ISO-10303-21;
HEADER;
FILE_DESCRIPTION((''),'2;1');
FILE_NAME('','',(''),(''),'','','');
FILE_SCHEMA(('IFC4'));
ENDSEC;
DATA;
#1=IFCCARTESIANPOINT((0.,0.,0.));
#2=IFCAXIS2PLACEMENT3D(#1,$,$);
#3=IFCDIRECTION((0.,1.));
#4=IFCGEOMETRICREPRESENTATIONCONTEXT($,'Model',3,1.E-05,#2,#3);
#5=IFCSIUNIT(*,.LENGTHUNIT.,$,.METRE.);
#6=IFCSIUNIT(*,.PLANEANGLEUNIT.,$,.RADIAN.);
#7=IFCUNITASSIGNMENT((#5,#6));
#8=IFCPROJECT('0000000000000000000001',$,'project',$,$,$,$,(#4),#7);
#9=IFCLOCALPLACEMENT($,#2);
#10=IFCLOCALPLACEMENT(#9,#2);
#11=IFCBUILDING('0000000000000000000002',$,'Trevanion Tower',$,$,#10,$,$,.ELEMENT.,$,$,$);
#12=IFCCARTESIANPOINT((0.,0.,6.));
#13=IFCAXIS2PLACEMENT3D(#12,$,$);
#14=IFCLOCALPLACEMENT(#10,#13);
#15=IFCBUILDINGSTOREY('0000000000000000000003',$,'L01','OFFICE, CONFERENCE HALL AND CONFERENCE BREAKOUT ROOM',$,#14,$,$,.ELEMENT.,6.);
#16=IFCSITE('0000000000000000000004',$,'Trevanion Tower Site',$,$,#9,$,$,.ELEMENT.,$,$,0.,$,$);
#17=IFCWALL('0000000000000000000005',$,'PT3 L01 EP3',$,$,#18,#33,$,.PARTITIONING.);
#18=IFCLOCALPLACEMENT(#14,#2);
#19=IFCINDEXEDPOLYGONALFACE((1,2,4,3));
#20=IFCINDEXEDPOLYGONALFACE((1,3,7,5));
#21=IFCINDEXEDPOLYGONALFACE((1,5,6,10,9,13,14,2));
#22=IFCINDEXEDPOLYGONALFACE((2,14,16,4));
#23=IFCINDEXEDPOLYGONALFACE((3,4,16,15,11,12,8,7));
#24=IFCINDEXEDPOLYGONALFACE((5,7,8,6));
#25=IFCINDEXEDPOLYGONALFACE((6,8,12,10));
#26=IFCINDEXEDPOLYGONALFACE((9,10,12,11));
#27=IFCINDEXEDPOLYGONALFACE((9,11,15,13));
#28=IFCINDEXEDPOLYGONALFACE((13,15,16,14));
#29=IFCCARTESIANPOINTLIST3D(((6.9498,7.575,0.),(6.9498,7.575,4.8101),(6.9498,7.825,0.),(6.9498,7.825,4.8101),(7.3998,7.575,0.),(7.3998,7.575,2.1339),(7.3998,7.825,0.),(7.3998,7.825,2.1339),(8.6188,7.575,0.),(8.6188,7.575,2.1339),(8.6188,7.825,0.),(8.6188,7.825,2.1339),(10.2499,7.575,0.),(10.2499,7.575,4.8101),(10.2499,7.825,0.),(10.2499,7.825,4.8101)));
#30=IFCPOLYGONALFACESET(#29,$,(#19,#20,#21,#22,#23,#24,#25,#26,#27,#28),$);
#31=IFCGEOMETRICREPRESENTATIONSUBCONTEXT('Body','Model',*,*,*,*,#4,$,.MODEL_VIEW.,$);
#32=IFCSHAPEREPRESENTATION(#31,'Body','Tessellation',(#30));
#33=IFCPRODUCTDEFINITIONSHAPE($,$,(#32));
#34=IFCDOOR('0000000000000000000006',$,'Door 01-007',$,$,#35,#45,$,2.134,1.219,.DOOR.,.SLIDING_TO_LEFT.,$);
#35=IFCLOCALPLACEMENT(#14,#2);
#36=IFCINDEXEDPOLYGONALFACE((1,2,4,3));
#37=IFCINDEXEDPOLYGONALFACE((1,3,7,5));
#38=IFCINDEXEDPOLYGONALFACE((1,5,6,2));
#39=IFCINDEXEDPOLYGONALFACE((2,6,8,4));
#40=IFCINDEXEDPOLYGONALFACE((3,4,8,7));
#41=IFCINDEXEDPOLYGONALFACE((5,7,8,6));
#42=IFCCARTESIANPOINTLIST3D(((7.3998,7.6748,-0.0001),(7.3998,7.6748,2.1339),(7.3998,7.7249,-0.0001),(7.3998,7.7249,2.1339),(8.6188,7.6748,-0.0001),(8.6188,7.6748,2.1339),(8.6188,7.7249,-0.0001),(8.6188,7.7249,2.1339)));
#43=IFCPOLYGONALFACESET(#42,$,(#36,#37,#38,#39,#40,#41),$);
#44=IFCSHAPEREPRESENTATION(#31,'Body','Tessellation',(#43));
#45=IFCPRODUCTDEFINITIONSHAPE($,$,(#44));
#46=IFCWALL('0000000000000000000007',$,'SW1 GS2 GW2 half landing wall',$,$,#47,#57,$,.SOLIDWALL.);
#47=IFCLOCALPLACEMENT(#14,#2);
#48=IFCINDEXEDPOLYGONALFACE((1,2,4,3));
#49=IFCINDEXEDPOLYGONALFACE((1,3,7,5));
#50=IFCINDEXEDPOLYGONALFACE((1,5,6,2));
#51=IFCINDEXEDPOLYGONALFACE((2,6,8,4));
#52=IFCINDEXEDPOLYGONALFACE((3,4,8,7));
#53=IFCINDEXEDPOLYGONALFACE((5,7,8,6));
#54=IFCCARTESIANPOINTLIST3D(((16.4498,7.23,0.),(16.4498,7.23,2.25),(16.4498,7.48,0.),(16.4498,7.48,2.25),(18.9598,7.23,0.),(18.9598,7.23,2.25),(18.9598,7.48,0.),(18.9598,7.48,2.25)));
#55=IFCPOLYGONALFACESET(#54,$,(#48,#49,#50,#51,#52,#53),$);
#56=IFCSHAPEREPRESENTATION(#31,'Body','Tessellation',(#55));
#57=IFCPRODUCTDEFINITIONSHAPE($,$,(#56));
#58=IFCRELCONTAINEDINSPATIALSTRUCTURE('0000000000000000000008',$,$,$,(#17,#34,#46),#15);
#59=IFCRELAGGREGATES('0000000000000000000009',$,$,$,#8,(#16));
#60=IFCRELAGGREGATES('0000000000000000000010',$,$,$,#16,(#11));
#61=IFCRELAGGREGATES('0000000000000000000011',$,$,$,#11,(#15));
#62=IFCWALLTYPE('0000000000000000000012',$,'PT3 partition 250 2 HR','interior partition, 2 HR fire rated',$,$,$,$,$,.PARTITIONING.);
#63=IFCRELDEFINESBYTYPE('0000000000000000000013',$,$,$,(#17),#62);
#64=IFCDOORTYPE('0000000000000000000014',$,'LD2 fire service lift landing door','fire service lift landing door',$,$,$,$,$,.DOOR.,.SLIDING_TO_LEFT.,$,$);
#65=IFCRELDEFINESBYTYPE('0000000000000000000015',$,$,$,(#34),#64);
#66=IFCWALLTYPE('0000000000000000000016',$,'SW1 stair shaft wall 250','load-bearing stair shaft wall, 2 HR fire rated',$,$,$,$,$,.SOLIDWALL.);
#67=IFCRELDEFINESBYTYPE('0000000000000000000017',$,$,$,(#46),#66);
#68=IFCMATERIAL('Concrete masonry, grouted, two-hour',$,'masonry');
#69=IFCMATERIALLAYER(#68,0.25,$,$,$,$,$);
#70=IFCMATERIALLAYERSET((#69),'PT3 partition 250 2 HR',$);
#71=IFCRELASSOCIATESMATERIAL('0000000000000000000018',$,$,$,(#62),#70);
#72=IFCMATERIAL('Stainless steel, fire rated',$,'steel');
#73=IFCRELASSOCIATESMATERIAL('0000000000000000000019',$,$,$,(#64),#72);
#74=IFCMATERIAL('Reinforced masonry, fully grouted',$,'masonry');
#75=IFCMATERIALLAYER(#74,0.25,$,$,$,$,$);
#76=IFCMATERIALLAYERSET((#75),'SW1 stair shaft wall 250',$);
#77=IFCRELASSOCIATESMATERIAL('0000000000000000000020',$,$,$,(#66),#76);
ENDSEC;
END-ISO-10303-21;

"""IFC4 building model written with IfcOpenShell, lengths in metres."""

from ifc_helpers import new_model, si_unit, direction, frame, frame_2d, origin, place, context, subcontext, project, spatial, rectangle, extrude, material, layer, layer_set, type_object, element, fill, save


model = new_model("IFC4")

# Units and contexts
model_context = context("Model", 3, precision=1e-05, world=origin(), true_north=direction((0.0, 1.0)))
body_context = subcontext(model_context, "Body", "Model", "MODEL_VIEW")
ifc_project = project(units=[si_unit("LENGTHUNIT", "METRE"), si_unit("PLANEANGLEUNIT", "RADIAN")], contexts=[model_context])

# Site, building, storey
site_placement = place(None, origin())
site = spatial("IfcSite", under=ifc_project, at=site_placement, Name="Trevanion Tower Site", CompositionType="ELEMENT", RefElevation=0.0)
building_placement = place(site_placement, origin())
building = spatial("IfcBuilding", under=site, at=building_placement, Name="Trevanion Tower", CompositionType="ELEMENT")
storey_placement = place(building_placement, frame((0.0, 0.0, 6.0)))
storey = spatial("IfcBuildingStorey", under=building, at=storey_placement, Name="L01", Description="OFFICE, CONFERENCE HALL AND CONFERENCE BREAKOUT ROOM", CompositionType="ELEMENT", Elevation=6.0)

# Wall, opening, door
ifc_material_1 = material(Name="Concrete masonry, grouted, two-hour", Category="masonry")
ifc_layer_1 = layer(ifc_material_1, 0.25)
ifc_layer_set_1 = layer_set([ifc_layer_1], Name="PT3 partition 250 2 HR")
wall_type_1 = type_object("IfcWallType", Name="PT3 partition 250 2 HR", Description="interior partition, 2 HR fire rated", PredefinedType="PARTITIONING", material=ifc_layer_set_1)
wall_1_placement = place(storey_placement, frame((6.95, 7.7, 0.0), z_axis=(0.0, 0.0, 1.0), x_axis=(1.0, 0.0, 0.0)))
wall_1 = element("IfcWall", 1, at=wall_1_placement, inside=storey, type_object=wall_type_1, Name="PT3 L01 EP3", PredefinedType="PARTITIONING", context=body_context, shape_type="SweptSolid", body=[
    extrude(rectangle(XDim=3.3, YDim=0.25, at=frame_2d((1.6499, 0.0))), origin(), (0.0, 0.0, 1.0), 4.8101),
])
opening_placement = place(wall_1_placement, frame((0.45, 0.0, 0.0)))
opening = element("IfcOpeningElement", 2, at=opening_placement, cuts=wall_1, PredefinedType="OPENING", context=body_context, shape_type="SweptSolid", body=[
    extrude(rectangle(XDim=1.219, YDim=2.134, at=frame_2d((0.6094, 1.0669))), frame((0.0, 0.135, 0.0), z_axis=(0.0, -1.0, 0.0), x_axis=(1.0, 0.0, 0.0)), (0.0, 0.0, 1.0), 0.27),
])
ifc_material_2 = material(Name="Stainless steel, fire rated", Category="steel")
door_type = type_object("IfcDoorType", Name="LD2 fire service lift landing door", Description="fire service lift landing door", OperationType="SLIDING_TO_LEFT", PredefinedType="DOOR", material=ifc_material_2)
door_placement = place(opening_placement, origin())
door = element("IfcDoor", 3, at=door_placement, inside=storey, type_object=door_type, Name="Door 01-007", OperationType="SLIDING_TO_LEFT", OverallHeight=2.134, OverallWidth=1.219, PredefinedType="DOOR", context=body_context, shape_type="SweptSolid", body=[
    extrude(rectangle(XDim=1.219, YDim=2.134, at=frame_2d((0.6094, 1.0669))), frame((0.0, 0.0249, 0.0), z_axis=(0.0, -1.0, 0.0), x_axis=(1.0, 0.0, 0.0)), (0.0, 0.0, 1.0), 0.05),
])
fill(opening, door)

# Wall
ifc_material_3 = material(Name="Reinforced masonry, fully grouted", Category="masonry")
ifc_layer_2 = layer(ifc_material_3, 0.25)
ifc_layer_set_2 = layer_set([ifc_layer_2], Name="SW1 stair shaft wall 250")
wall_type_2 = type_object("IfcWallType", Name="SW1 stair shaft wall 250", Description="load-bearing stair shaft wall, 2 HR fire rated", PredefinedType="SOLIDWALL", material=ifc_layer_set_2)
wall_2_placement = place(storey_placement, frame((16.45, 7.355, 0.0), z_axis=(0.0, 0.0, 1.0), x_axis=(1.0, 0.0, 0.0)))
element("IfcWall", 4, at=wall_2_placement, inside=storey, type_object=wall_type_2, Name="SW1 GS2 GW2 half landing wall", PredefinedType="SOLIDWALL", context=body_context, shape_type="SweptSolid", body=[
    extrude(rectangle(XDim=2.51, YDim=0.25, at=frame_2d((1.2549, 0.0))), origin(), (0.0, 0.0, 1.0), 2.25),
])

save(model, "model.ifc")
